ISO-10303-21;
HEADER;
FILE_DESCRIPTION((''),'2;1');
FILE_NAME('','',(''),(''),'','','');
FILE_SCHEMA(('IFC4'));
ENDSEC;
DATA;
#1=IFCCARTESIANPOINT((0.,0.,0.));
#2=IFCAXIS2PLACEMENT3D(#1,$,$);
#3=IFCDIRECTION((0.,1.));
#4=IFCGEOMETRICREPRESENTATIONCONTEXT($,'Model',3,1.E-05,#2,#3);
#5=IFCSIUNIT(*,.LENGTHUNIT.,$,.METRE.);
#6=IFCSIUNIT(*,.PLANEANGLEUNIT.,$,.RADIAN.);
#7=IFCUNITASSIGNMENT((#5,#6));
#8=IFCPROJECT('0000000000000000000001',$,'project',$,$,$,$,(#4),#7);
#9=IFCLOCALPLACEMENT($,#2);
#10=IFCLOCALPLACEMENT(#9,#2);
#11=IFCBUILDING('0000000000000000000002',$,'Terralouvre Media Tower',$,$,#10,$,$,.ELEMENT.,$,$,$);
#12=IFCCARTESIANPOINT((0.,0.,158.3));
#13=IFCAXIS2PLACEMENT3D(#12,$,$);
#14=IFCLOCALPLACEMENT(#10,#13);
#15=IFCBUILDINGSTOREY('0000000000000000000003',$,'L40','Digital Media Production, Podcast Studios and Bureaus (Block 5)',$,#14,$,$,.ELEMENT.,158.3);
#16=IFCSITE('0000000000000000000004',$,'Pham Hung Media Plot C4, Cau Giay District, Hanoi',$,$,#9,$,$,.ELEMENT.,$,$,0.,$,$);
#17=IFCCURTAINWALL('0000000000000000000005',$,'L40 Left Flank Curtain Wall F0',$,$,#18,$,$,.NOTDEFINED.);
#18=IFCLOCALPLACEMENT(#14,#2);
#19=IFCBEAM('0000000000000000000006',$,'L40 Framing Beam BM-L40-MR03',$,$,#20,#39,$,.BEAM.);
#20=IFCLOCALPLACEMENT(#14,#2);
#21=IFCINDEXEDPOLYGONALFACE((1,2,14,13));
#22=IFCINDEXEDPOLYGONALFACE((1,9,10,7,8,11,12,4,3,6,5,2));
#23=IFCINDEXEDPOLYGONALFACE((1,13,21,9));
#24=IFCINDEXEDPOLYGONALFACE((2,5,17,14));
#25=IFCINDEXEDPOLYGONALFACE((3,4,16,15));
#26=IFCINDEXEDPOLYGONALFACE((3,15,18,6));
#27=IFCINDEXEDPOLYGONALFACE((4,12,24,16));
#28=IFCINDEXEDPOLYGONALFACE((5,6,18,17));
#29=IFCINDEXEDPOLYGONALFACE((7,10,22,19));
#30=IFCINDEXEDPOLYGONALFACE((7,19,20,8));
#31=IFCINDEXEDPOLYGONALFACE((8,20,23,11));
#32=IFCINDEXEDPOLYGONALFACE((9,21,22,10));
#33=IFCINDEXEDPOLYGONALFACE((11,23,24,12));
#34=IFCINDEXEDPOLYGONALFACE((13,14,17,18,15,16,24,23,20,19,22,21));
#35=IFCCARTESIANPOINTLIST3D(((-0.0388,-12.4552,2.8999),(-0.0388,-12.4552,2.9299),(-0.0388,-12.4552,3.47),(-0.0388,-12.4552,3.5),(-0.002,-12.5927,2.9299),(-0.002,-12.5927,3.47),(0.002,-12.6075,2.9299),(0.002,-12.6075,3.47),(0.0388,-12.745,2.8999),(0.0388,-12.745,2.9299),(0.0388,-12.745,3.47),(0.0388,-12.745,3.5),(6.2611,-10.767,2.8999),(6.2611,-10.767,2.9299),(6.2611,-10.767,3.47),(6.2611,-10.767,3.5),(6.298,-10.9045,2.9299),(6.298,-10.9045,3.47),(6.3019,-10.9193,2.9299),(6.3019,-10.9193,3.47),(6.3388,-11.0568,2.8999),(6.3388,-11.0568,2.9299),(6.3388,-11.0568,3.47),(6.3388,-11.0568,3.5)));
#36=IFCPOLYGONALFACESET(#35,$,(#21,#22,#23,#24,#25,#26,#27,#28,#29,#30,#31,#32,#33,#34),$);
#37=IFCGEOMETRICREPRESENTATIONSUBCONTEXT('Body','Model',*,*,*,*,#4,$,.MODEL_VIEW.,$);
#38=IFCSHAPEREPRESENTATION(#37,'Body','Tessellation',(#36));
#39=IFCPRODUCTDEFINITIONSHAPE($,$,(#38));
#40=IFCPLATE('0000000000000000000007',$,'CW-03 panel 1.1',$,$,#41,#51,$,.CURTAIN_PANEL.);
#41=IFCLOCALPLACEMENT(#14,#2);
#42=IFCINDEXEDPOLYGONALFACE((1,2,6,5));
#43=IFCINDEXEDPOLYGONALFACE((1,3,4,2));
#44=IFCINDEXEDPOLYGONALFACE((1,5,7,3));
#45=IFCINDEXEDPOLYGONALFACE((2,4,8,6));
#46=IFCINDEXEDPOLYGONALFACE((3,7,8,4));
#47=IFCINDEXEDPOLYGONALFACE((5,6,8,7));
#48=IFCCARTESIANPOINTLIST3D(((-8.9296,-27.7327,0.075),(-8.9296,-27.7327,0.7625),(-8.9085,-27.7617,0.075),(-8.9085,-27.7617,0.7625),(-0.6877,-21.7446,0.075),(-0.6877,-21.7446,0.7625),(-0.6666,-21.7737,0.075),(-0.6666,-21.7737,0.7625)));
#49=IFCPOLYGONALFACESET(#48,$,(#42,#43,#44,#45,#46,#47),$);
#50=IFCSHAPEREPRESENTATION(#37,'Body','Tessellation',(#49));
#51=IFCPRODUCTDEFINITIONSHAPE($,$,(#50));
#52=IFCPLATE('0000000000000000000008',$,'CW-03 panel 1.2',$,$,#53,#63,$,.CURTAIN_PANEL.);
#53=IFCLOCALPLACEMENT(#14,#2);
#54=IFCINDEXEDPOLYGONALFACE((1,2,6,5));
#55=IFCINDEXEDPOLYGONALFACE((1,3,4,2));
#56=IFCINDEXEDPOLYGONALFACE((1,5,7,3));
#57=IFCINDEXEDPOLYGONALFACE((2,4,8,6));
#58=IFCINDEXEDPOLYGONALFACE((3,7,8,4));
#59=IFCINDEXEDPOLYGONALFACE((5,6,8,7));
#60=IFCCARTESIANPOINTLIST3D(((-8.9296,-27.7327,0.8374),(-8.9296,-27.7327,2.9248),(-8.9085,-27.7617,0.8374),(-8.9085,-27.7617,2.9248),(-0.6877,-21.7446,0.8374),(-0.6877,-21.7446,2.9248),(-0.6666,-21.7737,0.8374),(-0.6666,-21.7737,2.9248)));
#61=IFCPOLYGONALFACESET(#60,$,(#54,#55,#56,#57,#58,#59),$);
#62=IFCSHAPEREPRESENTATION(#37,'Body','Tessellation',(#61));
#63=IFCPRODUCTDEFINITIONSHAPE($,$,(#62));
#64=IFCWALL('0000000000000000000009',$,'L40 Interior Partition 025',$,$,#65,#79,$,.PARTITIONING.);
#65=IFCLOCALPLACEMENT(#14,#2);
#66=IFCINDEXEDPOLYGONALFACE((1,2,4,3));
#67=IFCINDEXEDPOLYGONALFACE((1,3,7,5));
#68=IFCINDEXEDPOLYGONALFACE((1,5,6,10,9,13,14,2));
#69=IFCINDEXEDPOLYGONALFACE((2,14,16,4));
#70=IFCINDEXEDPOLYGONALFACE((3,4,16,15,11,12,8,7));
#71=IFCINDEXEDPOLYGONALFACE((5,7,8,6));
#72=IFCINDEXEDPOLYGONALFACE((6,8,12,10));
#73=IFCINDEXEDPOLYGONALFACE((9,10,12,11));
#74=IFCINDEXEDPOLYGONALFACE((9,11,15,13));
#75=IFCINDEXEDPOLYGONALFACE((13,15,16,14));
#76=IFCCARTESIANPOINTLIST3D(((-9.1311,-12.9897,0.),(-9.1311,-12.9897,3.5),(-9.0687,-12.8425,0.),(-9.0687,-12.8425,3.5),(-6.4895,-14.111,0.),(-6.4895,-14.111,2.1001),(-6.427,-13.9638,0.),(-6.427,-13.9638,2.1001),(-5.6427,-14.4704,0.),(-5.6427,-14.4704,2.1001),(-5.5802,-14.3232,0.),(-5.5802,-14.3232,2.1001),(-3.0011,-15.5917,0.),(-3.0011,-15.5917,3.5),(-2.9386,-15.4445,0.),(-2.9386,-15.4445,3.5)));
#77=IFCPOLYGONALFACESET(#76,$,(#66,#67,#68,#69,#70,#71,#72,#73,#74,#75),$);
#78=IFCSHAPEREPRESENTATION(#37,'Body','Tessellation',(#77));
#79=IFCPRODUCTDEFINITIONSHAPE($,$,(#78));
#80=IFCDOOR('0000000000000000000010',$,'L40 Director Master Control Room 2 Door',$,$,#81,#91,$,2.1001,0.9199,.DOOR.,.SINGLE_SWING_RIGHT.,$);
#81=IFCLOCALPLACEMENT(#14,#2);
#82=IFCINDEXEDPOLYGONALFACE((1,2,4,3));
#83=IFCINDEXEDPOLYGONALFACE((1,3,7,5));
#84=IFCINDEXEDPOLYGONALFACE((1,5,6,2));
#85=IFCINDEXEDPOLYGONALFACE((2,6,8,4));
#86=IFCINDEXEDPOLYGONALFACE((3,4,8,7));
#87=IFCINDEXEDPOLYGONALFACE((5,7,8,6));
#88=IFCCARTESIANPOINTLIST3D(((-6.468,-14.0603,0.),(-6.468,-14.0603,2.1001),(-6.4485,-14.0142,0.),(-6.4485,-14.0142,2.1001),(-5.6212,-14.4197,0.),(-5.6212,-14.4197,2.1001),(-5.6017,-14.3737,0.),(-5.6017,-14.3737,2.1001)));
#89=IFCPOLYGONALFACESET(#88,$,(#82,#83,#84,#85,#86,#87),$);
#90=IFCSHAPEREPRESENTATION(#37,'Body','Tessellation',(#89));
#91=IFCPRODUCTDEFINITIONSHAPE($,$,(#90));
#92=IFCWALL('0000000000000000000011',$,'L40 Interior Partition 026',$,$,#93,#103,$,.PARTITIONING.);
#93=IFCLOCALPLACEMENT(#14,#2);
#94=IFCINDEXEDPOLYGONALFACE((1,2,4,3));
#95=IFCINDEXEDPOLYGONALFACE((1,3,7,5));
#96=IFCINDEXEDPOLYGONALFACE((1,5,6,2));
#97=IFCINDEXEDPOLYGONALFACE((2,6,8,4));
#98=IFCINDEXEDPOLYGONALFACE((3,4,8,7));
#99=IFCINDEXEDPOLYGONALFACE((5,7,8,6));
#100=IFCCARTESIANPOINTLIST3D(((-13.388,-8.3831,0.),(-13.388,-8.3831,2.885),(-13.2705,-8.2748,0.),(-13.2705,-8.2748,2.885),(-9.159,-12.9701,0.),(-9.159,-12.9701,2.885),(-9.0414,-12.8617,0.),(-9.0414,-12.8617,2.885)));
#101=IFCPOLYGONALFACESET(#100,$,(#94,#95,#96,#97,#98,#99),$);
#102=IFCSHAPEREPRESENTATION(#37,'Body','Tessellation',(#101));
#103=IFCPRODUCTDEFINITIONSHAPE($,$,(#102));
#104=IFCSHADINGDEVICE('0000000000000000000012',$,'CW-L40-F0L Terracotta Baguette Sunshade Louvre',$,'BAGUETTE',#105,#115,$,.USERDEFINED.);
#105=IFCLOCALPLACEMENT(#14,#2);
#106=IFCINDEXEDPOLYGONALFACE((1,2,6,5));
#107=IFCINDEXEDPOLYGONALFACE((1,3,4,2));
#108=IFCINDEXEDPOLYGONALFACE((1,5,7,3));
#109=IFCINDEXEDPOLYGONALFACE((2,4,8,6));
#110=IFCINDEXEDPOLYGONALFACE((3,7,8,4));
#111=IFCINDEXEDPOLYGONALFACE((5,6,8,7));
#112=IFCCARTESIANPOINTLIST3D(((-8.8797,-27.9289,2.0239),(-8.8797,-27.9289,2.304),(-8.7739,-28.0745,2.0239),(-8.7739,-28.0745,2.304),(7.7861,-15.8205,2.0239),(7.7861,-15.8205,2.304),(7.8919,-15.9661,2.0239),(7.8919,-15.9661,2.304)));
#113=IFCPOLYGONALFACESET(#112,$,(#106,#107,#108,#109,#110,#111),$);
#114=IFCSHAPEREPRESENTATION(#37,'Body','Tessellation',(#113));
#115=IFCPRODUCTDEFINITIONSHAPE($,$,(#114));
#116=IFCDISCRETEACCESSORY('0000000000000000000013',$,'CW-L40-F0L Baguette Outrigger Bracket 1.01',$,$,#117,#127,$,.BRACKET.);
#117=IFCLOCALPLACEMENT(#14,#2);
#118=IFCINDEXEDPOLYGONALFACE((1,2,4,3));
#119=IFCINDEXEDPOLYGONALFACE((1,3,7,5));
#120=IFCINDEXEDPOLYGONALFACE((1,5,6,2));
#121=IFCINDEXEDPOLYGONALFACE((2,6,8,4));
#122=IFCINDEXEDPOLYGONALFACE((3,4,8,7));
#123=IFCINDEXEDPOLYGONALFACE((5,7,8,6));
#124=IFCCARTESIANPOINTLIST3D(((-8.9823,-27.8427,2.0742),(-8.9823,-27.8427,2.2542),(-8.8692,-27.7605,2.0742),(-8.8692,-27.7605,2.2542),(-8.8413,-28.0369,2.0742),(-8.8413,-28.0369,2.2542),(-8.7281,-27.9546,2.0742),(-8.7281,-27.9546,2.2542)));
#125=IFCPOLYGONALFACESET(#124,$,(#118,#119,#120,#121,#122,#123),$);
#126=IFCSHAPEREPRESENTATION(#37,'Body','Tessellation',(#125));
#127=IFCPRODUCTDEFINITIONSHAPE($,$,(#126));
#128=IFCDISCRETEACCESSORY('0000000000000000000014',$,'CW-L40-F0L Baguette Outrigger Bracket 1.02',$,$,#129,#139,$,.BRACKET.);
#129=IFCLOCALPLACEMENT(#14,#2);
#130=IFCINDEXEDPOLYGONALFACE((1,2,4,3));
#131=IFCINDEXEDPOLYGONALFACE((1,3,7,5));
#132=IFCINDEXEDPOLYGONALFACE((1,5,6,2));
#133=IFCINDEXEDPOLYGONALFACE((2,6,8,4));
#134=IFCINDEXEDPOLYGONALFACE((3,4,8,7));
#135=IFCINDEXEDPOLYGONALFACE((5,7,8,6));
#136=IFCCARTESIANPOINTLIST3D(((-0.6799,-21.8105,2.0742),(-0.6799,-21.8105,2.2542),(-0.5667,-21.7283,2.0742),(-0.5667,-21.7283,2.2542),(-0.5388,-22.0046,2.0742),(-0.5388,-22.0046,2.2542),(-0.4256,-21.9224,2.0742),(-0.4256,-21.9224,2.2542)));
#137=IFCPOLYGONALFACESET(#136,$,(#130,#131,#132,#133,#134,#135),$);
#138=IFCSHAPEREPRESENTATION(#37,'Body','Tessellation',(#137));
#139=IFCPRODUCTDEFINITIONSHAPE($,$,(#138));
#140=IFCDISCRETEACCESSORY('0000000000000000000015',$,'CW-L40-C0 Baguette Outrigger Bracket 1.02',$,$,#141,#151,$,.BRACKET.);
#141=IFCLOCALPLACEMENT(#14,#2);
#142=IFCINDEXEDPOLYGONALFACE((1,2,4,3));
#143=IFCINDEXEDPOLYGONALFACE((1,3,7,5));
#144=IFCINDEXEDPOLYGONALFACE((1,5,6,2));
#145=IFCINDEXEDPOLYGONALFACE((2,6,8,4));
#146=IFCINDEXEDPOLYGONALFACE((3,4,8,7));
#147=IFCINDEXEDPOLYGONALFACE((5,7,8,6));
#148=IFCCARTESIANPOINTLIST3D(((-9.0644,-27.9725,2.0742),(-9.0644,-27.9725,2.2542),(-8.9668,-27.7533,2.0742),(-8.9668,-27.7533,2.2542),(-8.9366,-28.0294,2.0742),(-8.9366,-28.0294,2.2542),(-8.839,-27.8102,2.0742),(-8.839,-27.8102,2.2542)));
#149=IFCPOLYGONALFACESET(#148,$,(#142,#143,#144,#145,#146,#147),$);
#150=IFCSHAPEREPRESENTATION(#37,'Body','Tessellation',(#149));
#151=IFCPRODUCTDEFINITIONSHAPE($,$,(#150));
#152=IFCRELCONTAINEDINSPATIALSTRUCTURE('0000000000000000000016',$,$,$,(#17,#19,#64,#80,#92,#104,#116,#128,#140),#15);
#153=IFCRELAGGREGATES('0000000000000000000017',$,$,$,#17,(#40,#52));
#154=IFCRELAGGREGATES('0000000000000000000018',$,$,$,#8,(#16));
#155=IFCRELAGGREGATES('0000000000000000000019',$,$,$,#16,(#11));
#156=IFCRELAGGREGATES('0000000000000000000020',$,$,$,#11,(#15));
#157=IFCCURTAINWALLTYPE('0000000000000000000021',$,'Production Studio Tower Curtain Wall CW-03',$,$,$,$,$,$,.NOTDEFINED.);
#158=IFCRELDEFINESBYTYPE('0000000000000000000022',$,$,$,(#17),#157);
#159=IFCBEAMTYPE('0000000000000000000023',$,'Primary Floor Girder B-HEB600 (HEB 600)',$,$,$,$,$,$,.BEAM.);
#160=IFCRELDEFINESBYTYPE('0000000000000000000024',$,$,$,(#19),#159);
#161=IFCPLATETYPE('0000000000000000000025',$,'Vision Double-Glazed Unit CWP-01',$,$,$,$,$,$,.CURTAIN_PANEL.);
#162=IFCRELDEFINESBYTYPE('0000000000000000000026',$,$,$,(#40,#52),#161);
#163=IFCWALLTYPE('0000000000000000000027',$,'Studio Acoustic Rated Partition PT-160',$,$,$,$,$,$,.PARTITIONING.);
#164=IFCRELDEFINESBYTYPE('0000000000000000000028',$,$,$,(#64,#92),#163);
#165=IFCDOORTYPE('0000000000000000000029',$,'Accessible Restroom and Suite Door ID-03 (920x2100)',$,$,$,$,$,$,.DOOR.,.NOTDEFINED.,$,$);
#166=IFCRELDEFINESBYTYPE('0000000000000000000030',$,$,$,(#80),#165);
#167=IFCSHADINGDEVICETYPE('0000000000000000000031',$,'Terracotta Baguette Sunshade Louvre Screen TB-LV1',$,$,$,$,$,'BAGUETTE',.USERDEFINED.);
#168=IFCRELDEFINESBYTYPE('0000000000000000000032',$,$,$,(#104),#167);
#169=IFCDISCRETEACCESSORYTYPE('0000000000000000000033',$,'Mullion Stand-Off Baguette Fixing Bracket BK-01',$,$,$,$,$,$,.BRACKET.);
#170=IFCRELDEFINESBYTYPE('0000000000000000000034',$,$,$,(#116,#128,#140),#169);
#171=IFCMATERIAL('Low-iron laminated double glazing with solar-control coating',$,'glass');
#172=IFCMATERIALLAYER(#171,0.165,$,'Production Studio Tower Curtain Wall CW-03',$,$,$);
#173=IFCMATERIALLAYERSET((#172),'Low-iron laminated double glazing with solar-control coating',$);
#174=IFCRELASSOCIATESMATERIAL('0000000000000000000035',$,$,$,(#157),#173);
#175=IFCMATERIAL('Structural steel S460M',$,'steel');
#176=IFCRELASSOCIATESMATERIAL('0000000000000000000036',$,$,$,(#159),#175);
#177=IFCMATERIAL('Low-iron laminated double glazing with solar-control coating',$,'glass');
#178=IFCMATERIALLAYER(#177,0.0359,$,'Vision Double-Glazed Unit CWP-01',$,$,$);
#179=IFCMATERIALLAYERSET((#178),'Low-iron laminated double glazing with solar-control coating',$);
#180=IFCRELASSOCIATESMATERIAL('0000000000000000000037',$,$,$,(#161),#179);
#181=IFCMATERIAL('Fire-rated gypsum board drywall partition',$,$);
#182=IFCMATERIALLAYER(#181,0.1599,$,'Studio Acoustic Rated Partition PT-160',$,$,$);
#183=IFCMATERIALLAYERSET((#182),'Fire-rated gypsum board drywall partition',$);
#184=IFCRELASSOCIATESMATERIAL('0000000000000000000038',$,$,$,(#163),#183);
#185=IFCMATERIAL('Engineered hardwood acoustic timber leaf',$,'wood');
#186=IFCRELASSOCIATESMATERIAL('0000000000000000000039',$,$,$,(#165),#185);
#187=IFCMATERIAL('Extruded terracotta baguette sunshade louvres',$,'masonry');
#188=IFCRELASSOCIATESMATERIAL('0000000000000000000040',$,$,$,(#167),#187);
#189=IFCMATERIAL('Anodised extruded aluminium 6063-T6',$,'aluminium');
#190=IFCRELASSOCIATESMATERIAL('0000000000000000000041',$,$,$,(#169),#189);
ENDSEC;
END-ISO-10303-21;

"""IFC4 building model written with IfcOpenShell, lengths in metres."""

from ifc_helpers import new_model, si_unit, direction, frame, frame_2d, origin, origin_2d, place, context, subcontext, project, spatial, rectangle, i_section, extrude, material, layer, layer_set, material_profile, profile_set, type_object, element, fill, aggregate, save


model = new_model("IFC4")

# Units and contexts
model_context = context("Model", 3, precision=1e-05, world=origin(), true_north=direction((0.0, 1.0)))
body_context = subcontext(model_context, "Body", "Model", "MODEL_VIEW")
ifc_project = project(units=[si_unit("LENGTHUNIT", "METRE"), si_unit("PLANEANGLEUNIT", "RADIAN")], contexts=[model_context])

# Site, building, storey
site_placement = place(None, origin())
site = spatial("IfcSite", under=ifc_project, at=site_placement, Name="Pham Hung Media Plot C4, Cau Giay District, Hanoi", CompositionType="ELEMENT", RefElevation=0.0)
building_placement = place(site_placement, origin())
building = spatial("IfcBuilding", under=site, at=building_placement, Name="Terralouvre Media Tower", CompositionType="ELEMENT")
storey_placement = place(building_placement, frame((0.0, 0.0, 158.3)))
storey = spatial("IfcBuildingStorey", under=building, at=storey_placement, Name="L40", Description="Digital Media Production, Podcast Studios and Bureaus (Block 5)", CompositionType="ELEMENT", Elevation=158.3)

# Curtain wall
ifc_material_1 = material(Name="Low-iron laminated double glazing with solar-control coating", Category="glass")
ifc_layer_1 = layer(ifc_material_1, 0.165, Name="Production Studio Tower Curtain Wall CW-03")
ifc_layer_set_1 = layer_set([ifc_layer_1], Name="Low-iron laminated double glazing with solar-control coating")
curtain_wall_type_1 = type_object("IfcCurtainWallType", Name="Production Studio Tower Curtain Wall CW-03", PredefinedType="NOTDEFINED", material=ifc_layer_set_1)
curtain_wall_1_placement = place(storey_placement, origin())
curtain_wall_1 = element("IfcCurtainWall", 1, at=curtain_wall_1_placement, inside=storey, type_object=curtain_wall_type_1, Name="L40 Left Flank Curtain Wall F0", PredefinedType="NOTDEFINED")

# Beam
ifc_material_2 = material(Name="Structural steel S460M", Category="steel")
ifc_material_profile_1 = material_profile(ifc_material_2, i_section(OverallWidth=0.3, OverallDepth=0.6001, WebThickness=0.0154, FlangeThickness=0.03, at=origin_2d()), Name="HEB 600")
ifc_profile_set_1 = profile_set([ifc_material_profile_1], Name="Structural steel S460M")
beam_type_1 = type_object("IfcBeamType", Name="Primary Floor Girder B-HEB600 (HEB 600)", PredefinedType="BEAM", material=ifc_profile_set_1)
beam_1_placement = place(storey_placement, frame((0.0, -12.6001, 3.2), z_axis=(0.96592, 0.258839, 0.0), x_axis=(-0.258839, 0.96592, 0.0)))
element("IfcBeam", 2, at=beam_1_placement, inside=storey, type_object=beam_type_1, Name="L40 Framing Beam BM-L40-MR03", PredefinedType="BEAM", context=body_context, shape_type="SweptSolid", body=[
    extrude(i_section(OverallWidth=0.3, OverallDepth=0.6001, WebThickness=0.0154, FlangeThickness=0.03, at=origin_2d()), origin(), (0.0, 0.0, 1.0), 6.5222),
])

# Plates
ifc_material_3 = material(Name="Low-iron laminated double glazing with solar-control coating", Category="glass")
ifc_layer_2 = layer(ifc_material_3, 0.0359, Name="Vision Double-Glazed Unit CWP-01")
ifc_layer_set_2 = layer_set([ifc_layer_2], Name="Low-iron laminated double glazing with solar-control coating")
plate_type = type_object("IfcPlateType", Name="Vision Double-Glazed Unit CWP-01", PredefinedType="CURTAIN_PANEL", material=ifc_layer_set_2)
plate_1_placement = place(storey_placement, frame((-4.7981, -24.7532, 0.075), z_axis=(0.0, 0.0, 1.0), x_axis=(0.809017, 0.587785, 0.0)))
plate_1 = element("IfcPlate", 3, at=plate_1_placement, type_object=plate_type, Name="CW-03 panel 1.1", PredefinedType="CURTAIN_PANEL", context=body_context, shape_type="SweptSolid", body=[
    extrude(rectangle(XDim=10.1875, YDim=0.0359, at=origin_2d()), origin(), (0.0, 0.0, 1.0), 0.6875),
])
plate_2_placement = place(storey_placement, frame((-4.7981, -24.7532, 0.8374), z_axis=(0.0, 0.0, 1.0), x_axis=(0.809017, 0.587785, 0.0)))
plate_2 = element("IfcPlate", 4, at=plate_2_placement, type_object=plate_type, Name="CW-03 panel 1.2", PredefinedType="CURTAIN_PANEL", context=body_context, shape_type="SweptSolid", body=[
    extrude(rectangle(XDim=10.1875, YDim=0.0359, at=origin_2d()), origin(), (0.0, 0.0, 1.0), 2.0874),
])
aggregate(curtain_wall_1, [plate_1, plate_2])

# Wall, opening, door
ifc_material_4 = material(Name="Fire-rated gypsum board drywall partition")
ifc_layer_3 = layer(ifc_material_4, 0.1599, Name="Studio Acoustic Rated Partition PT-160")
ifc_layer_set_3 = layer_set([ifc_layer_3], Name="Fire-rated gypsum board drywall partition")
wall_type = type_object("IfcWallType", Name="Studio Acoustic Rated Partition PT-160", PredefinedType="PARTITIONING", material=ifc_layer_set_3)
wall_1_placement = place(storey_placement, frame((-2.97, -15.5181, 0.0), z_axis=(0.0, 0.0, 1.0), x_axis=(-0.920507, 0.390727, 0.0)))
wall_1 = element("IfcWall", 5, at=wall_1_placement, inside=storey, type_object=wall_type, Name="L40 Interior Partition 025", PredefinedType="PARTITIONING", context=body_context, shape_type="SweptSolid", body=[
    extrude(rectangle(XDim=6.6594, YDim=0.1599, at=frame_2d((3.3296, 0.0))), origin(), (0.0, 0.0, 1.0), 3.5),
])
opening_placement = place(wall_1_placement, frame((2.8696, 0.0, 0.0)))
opening = element("IfcOpeningElement", 6, at=opening_placement, cuts=wall_1, PredefinedType="OPENING", context=body_context, shape_type="SweptSolid", body=[
    extrude(rectangle(XDim=0.9199, YDim=2.1001, at=frame_2d((0.46, 1.05))), frame((0.0, 0.0898, 0.0), z_axis=(0.0, -1.0, 0.0), x_axis=(1.0, 0.0, 0.0)), (0.0, 0.0, 1.0), 0.1799),
])
ifc_material_5 = material(Name="Engineered hardwood acoustic timber leaf", Category="wood")
door_type = type_object("IfcDoorType", Name="Accessible Restroom and Suite Door ID-03 (920x2100)", OperationType="NOTDEFINED", PredefinedType="DOOR", material=ifc_material_5)
door_placement = place(opening_placement, origin())
door = element("IfcDoor", 7, at=door_placement, inside=storey, type_object=door_type, Name="L40 Director Master Control Room 2 Door", OperationType="SINGLE_SWING_RIGHT", OverallHeight=2.1001, OverallWidth=0.9199, PredefinedType="DOOR", context=body_context, shape_type="SweptSolid", body=[
    extrude(rectangle(XDim=0.9199, YDim=2.1001, at=frame_2d((0.46, 1.05))), frame((0.0, 0.0249, 0.0), z_axis=(0.0, -1.0, 0.0), x_axis=(1.0, 0.0, 0.0)), (0.0, 0.0, 1.0), 0.05),
])
fill(opening, door)

# Wall
wall_2_placement = place(storey_placement, frame((-9.1001, -12.916, 0.0), z_axis=(0.0, 0.0, 1.0), x_axis=(-0.677841, 0.735208, 0.0)))
element("IfcWall", 8, at=wall_2_placement, inside=storey, type_object=wall_type, Name="L40 Interior Partition 026", PredefinedType="PARTITIONING", context=body_context, shape_type="SweptSolid", body=[
    extrude(rectangle(XDim=6.239, YDim=0.1599, at=frame_2d((3.1196, 0.0))), origin(), (0.0, 0.0, 1.0), 2.885),
])

# Shading device
ifc_material_6 = material(Name="Extruded terracotta baguette sunshade louvres", Category="masonry")
shading_device_type = type_object("IfcShadingDeviceType", Name="Terracotta Baguette Sunshade Louvre Screen TB-LV1", ElementType="BAGUETTE", PredefinedType="USERDEFINED", material=ifc_material_6)
shading_device_placement = place(storey_placement, frame((-0.4939, -21.9475, 2.0239), z_axis=(0.0, 0.0, 1.0), x_axis=(0.809017, 0.587785, 0.0)))
element("IfcShadingDevice", 9, at=shading_device_placement, inside=storey, type_object=shading_device_type, Name="CW-L40-F0L Terracotta Baguette Sunshade Louvre", ObjectType="BAGUETTE", PredefinedType="USERDEFINED", context=body_context, shape_type="SweptSolid", body=[
    extrude(rectangle(XDim=20.6001, YDim=0.1799, at=origin_2d()), origin(), (0.0, 0.0, 1.0), 0.28),
])

# Discrete accessories
ifc_material_7 = material(Name="Anodised extruded aluminium 6063-T6", Category="aluminium")
discrete_accessory_type = type_object("IfcDiscreteAccessoryType", Name="Mullion Stand-Off Baguette Fixing Bracket BK-01", PredefinedType="BRACKET", material=ifc_material_7)
for number, where, z_axis, x_axis, name in (
    (10, (-8.8552, -27.8987, 2.0742), (0.0, 0.0, 1.0), (0.809017, 0.587785, 0.0), "CW-L40-F0L Baguette Outrigger Bracket 1.01"),
    (11, (-0.5527, -21.8665, 2.0742), (0.0, 0.0, 1.0), (0.809017, 0.587785, 0.0), "CW-L40-F0L Baguette Outrigger Bracket 1.02"),
    (12, (-8.9517, -27.8914, 2.0742), (0.0, 0.0, 1.0), (0.913545, -0.406737, 0.0), "CW-L40-C0 Baguette Outrigger Bracket 1.02"),
):
    element("IfcDiscreteAccessory", number, at=place(storey_placement, frame(where, z_axis=z_axis, x_axis=x_axis)), inside=storey, type_object=discrete_accessory_type, Name=name, PredefinedType="BRACKET", context=body_context, shape_type="SweptSolid", body=[
        extrude(rectangle(XDim=0.1399, YDim=0.24, at=origin_2d()), origin(), (0.0, 0.0, 1.0), 0.1799),
    ])

save(model, "model.ifc")
